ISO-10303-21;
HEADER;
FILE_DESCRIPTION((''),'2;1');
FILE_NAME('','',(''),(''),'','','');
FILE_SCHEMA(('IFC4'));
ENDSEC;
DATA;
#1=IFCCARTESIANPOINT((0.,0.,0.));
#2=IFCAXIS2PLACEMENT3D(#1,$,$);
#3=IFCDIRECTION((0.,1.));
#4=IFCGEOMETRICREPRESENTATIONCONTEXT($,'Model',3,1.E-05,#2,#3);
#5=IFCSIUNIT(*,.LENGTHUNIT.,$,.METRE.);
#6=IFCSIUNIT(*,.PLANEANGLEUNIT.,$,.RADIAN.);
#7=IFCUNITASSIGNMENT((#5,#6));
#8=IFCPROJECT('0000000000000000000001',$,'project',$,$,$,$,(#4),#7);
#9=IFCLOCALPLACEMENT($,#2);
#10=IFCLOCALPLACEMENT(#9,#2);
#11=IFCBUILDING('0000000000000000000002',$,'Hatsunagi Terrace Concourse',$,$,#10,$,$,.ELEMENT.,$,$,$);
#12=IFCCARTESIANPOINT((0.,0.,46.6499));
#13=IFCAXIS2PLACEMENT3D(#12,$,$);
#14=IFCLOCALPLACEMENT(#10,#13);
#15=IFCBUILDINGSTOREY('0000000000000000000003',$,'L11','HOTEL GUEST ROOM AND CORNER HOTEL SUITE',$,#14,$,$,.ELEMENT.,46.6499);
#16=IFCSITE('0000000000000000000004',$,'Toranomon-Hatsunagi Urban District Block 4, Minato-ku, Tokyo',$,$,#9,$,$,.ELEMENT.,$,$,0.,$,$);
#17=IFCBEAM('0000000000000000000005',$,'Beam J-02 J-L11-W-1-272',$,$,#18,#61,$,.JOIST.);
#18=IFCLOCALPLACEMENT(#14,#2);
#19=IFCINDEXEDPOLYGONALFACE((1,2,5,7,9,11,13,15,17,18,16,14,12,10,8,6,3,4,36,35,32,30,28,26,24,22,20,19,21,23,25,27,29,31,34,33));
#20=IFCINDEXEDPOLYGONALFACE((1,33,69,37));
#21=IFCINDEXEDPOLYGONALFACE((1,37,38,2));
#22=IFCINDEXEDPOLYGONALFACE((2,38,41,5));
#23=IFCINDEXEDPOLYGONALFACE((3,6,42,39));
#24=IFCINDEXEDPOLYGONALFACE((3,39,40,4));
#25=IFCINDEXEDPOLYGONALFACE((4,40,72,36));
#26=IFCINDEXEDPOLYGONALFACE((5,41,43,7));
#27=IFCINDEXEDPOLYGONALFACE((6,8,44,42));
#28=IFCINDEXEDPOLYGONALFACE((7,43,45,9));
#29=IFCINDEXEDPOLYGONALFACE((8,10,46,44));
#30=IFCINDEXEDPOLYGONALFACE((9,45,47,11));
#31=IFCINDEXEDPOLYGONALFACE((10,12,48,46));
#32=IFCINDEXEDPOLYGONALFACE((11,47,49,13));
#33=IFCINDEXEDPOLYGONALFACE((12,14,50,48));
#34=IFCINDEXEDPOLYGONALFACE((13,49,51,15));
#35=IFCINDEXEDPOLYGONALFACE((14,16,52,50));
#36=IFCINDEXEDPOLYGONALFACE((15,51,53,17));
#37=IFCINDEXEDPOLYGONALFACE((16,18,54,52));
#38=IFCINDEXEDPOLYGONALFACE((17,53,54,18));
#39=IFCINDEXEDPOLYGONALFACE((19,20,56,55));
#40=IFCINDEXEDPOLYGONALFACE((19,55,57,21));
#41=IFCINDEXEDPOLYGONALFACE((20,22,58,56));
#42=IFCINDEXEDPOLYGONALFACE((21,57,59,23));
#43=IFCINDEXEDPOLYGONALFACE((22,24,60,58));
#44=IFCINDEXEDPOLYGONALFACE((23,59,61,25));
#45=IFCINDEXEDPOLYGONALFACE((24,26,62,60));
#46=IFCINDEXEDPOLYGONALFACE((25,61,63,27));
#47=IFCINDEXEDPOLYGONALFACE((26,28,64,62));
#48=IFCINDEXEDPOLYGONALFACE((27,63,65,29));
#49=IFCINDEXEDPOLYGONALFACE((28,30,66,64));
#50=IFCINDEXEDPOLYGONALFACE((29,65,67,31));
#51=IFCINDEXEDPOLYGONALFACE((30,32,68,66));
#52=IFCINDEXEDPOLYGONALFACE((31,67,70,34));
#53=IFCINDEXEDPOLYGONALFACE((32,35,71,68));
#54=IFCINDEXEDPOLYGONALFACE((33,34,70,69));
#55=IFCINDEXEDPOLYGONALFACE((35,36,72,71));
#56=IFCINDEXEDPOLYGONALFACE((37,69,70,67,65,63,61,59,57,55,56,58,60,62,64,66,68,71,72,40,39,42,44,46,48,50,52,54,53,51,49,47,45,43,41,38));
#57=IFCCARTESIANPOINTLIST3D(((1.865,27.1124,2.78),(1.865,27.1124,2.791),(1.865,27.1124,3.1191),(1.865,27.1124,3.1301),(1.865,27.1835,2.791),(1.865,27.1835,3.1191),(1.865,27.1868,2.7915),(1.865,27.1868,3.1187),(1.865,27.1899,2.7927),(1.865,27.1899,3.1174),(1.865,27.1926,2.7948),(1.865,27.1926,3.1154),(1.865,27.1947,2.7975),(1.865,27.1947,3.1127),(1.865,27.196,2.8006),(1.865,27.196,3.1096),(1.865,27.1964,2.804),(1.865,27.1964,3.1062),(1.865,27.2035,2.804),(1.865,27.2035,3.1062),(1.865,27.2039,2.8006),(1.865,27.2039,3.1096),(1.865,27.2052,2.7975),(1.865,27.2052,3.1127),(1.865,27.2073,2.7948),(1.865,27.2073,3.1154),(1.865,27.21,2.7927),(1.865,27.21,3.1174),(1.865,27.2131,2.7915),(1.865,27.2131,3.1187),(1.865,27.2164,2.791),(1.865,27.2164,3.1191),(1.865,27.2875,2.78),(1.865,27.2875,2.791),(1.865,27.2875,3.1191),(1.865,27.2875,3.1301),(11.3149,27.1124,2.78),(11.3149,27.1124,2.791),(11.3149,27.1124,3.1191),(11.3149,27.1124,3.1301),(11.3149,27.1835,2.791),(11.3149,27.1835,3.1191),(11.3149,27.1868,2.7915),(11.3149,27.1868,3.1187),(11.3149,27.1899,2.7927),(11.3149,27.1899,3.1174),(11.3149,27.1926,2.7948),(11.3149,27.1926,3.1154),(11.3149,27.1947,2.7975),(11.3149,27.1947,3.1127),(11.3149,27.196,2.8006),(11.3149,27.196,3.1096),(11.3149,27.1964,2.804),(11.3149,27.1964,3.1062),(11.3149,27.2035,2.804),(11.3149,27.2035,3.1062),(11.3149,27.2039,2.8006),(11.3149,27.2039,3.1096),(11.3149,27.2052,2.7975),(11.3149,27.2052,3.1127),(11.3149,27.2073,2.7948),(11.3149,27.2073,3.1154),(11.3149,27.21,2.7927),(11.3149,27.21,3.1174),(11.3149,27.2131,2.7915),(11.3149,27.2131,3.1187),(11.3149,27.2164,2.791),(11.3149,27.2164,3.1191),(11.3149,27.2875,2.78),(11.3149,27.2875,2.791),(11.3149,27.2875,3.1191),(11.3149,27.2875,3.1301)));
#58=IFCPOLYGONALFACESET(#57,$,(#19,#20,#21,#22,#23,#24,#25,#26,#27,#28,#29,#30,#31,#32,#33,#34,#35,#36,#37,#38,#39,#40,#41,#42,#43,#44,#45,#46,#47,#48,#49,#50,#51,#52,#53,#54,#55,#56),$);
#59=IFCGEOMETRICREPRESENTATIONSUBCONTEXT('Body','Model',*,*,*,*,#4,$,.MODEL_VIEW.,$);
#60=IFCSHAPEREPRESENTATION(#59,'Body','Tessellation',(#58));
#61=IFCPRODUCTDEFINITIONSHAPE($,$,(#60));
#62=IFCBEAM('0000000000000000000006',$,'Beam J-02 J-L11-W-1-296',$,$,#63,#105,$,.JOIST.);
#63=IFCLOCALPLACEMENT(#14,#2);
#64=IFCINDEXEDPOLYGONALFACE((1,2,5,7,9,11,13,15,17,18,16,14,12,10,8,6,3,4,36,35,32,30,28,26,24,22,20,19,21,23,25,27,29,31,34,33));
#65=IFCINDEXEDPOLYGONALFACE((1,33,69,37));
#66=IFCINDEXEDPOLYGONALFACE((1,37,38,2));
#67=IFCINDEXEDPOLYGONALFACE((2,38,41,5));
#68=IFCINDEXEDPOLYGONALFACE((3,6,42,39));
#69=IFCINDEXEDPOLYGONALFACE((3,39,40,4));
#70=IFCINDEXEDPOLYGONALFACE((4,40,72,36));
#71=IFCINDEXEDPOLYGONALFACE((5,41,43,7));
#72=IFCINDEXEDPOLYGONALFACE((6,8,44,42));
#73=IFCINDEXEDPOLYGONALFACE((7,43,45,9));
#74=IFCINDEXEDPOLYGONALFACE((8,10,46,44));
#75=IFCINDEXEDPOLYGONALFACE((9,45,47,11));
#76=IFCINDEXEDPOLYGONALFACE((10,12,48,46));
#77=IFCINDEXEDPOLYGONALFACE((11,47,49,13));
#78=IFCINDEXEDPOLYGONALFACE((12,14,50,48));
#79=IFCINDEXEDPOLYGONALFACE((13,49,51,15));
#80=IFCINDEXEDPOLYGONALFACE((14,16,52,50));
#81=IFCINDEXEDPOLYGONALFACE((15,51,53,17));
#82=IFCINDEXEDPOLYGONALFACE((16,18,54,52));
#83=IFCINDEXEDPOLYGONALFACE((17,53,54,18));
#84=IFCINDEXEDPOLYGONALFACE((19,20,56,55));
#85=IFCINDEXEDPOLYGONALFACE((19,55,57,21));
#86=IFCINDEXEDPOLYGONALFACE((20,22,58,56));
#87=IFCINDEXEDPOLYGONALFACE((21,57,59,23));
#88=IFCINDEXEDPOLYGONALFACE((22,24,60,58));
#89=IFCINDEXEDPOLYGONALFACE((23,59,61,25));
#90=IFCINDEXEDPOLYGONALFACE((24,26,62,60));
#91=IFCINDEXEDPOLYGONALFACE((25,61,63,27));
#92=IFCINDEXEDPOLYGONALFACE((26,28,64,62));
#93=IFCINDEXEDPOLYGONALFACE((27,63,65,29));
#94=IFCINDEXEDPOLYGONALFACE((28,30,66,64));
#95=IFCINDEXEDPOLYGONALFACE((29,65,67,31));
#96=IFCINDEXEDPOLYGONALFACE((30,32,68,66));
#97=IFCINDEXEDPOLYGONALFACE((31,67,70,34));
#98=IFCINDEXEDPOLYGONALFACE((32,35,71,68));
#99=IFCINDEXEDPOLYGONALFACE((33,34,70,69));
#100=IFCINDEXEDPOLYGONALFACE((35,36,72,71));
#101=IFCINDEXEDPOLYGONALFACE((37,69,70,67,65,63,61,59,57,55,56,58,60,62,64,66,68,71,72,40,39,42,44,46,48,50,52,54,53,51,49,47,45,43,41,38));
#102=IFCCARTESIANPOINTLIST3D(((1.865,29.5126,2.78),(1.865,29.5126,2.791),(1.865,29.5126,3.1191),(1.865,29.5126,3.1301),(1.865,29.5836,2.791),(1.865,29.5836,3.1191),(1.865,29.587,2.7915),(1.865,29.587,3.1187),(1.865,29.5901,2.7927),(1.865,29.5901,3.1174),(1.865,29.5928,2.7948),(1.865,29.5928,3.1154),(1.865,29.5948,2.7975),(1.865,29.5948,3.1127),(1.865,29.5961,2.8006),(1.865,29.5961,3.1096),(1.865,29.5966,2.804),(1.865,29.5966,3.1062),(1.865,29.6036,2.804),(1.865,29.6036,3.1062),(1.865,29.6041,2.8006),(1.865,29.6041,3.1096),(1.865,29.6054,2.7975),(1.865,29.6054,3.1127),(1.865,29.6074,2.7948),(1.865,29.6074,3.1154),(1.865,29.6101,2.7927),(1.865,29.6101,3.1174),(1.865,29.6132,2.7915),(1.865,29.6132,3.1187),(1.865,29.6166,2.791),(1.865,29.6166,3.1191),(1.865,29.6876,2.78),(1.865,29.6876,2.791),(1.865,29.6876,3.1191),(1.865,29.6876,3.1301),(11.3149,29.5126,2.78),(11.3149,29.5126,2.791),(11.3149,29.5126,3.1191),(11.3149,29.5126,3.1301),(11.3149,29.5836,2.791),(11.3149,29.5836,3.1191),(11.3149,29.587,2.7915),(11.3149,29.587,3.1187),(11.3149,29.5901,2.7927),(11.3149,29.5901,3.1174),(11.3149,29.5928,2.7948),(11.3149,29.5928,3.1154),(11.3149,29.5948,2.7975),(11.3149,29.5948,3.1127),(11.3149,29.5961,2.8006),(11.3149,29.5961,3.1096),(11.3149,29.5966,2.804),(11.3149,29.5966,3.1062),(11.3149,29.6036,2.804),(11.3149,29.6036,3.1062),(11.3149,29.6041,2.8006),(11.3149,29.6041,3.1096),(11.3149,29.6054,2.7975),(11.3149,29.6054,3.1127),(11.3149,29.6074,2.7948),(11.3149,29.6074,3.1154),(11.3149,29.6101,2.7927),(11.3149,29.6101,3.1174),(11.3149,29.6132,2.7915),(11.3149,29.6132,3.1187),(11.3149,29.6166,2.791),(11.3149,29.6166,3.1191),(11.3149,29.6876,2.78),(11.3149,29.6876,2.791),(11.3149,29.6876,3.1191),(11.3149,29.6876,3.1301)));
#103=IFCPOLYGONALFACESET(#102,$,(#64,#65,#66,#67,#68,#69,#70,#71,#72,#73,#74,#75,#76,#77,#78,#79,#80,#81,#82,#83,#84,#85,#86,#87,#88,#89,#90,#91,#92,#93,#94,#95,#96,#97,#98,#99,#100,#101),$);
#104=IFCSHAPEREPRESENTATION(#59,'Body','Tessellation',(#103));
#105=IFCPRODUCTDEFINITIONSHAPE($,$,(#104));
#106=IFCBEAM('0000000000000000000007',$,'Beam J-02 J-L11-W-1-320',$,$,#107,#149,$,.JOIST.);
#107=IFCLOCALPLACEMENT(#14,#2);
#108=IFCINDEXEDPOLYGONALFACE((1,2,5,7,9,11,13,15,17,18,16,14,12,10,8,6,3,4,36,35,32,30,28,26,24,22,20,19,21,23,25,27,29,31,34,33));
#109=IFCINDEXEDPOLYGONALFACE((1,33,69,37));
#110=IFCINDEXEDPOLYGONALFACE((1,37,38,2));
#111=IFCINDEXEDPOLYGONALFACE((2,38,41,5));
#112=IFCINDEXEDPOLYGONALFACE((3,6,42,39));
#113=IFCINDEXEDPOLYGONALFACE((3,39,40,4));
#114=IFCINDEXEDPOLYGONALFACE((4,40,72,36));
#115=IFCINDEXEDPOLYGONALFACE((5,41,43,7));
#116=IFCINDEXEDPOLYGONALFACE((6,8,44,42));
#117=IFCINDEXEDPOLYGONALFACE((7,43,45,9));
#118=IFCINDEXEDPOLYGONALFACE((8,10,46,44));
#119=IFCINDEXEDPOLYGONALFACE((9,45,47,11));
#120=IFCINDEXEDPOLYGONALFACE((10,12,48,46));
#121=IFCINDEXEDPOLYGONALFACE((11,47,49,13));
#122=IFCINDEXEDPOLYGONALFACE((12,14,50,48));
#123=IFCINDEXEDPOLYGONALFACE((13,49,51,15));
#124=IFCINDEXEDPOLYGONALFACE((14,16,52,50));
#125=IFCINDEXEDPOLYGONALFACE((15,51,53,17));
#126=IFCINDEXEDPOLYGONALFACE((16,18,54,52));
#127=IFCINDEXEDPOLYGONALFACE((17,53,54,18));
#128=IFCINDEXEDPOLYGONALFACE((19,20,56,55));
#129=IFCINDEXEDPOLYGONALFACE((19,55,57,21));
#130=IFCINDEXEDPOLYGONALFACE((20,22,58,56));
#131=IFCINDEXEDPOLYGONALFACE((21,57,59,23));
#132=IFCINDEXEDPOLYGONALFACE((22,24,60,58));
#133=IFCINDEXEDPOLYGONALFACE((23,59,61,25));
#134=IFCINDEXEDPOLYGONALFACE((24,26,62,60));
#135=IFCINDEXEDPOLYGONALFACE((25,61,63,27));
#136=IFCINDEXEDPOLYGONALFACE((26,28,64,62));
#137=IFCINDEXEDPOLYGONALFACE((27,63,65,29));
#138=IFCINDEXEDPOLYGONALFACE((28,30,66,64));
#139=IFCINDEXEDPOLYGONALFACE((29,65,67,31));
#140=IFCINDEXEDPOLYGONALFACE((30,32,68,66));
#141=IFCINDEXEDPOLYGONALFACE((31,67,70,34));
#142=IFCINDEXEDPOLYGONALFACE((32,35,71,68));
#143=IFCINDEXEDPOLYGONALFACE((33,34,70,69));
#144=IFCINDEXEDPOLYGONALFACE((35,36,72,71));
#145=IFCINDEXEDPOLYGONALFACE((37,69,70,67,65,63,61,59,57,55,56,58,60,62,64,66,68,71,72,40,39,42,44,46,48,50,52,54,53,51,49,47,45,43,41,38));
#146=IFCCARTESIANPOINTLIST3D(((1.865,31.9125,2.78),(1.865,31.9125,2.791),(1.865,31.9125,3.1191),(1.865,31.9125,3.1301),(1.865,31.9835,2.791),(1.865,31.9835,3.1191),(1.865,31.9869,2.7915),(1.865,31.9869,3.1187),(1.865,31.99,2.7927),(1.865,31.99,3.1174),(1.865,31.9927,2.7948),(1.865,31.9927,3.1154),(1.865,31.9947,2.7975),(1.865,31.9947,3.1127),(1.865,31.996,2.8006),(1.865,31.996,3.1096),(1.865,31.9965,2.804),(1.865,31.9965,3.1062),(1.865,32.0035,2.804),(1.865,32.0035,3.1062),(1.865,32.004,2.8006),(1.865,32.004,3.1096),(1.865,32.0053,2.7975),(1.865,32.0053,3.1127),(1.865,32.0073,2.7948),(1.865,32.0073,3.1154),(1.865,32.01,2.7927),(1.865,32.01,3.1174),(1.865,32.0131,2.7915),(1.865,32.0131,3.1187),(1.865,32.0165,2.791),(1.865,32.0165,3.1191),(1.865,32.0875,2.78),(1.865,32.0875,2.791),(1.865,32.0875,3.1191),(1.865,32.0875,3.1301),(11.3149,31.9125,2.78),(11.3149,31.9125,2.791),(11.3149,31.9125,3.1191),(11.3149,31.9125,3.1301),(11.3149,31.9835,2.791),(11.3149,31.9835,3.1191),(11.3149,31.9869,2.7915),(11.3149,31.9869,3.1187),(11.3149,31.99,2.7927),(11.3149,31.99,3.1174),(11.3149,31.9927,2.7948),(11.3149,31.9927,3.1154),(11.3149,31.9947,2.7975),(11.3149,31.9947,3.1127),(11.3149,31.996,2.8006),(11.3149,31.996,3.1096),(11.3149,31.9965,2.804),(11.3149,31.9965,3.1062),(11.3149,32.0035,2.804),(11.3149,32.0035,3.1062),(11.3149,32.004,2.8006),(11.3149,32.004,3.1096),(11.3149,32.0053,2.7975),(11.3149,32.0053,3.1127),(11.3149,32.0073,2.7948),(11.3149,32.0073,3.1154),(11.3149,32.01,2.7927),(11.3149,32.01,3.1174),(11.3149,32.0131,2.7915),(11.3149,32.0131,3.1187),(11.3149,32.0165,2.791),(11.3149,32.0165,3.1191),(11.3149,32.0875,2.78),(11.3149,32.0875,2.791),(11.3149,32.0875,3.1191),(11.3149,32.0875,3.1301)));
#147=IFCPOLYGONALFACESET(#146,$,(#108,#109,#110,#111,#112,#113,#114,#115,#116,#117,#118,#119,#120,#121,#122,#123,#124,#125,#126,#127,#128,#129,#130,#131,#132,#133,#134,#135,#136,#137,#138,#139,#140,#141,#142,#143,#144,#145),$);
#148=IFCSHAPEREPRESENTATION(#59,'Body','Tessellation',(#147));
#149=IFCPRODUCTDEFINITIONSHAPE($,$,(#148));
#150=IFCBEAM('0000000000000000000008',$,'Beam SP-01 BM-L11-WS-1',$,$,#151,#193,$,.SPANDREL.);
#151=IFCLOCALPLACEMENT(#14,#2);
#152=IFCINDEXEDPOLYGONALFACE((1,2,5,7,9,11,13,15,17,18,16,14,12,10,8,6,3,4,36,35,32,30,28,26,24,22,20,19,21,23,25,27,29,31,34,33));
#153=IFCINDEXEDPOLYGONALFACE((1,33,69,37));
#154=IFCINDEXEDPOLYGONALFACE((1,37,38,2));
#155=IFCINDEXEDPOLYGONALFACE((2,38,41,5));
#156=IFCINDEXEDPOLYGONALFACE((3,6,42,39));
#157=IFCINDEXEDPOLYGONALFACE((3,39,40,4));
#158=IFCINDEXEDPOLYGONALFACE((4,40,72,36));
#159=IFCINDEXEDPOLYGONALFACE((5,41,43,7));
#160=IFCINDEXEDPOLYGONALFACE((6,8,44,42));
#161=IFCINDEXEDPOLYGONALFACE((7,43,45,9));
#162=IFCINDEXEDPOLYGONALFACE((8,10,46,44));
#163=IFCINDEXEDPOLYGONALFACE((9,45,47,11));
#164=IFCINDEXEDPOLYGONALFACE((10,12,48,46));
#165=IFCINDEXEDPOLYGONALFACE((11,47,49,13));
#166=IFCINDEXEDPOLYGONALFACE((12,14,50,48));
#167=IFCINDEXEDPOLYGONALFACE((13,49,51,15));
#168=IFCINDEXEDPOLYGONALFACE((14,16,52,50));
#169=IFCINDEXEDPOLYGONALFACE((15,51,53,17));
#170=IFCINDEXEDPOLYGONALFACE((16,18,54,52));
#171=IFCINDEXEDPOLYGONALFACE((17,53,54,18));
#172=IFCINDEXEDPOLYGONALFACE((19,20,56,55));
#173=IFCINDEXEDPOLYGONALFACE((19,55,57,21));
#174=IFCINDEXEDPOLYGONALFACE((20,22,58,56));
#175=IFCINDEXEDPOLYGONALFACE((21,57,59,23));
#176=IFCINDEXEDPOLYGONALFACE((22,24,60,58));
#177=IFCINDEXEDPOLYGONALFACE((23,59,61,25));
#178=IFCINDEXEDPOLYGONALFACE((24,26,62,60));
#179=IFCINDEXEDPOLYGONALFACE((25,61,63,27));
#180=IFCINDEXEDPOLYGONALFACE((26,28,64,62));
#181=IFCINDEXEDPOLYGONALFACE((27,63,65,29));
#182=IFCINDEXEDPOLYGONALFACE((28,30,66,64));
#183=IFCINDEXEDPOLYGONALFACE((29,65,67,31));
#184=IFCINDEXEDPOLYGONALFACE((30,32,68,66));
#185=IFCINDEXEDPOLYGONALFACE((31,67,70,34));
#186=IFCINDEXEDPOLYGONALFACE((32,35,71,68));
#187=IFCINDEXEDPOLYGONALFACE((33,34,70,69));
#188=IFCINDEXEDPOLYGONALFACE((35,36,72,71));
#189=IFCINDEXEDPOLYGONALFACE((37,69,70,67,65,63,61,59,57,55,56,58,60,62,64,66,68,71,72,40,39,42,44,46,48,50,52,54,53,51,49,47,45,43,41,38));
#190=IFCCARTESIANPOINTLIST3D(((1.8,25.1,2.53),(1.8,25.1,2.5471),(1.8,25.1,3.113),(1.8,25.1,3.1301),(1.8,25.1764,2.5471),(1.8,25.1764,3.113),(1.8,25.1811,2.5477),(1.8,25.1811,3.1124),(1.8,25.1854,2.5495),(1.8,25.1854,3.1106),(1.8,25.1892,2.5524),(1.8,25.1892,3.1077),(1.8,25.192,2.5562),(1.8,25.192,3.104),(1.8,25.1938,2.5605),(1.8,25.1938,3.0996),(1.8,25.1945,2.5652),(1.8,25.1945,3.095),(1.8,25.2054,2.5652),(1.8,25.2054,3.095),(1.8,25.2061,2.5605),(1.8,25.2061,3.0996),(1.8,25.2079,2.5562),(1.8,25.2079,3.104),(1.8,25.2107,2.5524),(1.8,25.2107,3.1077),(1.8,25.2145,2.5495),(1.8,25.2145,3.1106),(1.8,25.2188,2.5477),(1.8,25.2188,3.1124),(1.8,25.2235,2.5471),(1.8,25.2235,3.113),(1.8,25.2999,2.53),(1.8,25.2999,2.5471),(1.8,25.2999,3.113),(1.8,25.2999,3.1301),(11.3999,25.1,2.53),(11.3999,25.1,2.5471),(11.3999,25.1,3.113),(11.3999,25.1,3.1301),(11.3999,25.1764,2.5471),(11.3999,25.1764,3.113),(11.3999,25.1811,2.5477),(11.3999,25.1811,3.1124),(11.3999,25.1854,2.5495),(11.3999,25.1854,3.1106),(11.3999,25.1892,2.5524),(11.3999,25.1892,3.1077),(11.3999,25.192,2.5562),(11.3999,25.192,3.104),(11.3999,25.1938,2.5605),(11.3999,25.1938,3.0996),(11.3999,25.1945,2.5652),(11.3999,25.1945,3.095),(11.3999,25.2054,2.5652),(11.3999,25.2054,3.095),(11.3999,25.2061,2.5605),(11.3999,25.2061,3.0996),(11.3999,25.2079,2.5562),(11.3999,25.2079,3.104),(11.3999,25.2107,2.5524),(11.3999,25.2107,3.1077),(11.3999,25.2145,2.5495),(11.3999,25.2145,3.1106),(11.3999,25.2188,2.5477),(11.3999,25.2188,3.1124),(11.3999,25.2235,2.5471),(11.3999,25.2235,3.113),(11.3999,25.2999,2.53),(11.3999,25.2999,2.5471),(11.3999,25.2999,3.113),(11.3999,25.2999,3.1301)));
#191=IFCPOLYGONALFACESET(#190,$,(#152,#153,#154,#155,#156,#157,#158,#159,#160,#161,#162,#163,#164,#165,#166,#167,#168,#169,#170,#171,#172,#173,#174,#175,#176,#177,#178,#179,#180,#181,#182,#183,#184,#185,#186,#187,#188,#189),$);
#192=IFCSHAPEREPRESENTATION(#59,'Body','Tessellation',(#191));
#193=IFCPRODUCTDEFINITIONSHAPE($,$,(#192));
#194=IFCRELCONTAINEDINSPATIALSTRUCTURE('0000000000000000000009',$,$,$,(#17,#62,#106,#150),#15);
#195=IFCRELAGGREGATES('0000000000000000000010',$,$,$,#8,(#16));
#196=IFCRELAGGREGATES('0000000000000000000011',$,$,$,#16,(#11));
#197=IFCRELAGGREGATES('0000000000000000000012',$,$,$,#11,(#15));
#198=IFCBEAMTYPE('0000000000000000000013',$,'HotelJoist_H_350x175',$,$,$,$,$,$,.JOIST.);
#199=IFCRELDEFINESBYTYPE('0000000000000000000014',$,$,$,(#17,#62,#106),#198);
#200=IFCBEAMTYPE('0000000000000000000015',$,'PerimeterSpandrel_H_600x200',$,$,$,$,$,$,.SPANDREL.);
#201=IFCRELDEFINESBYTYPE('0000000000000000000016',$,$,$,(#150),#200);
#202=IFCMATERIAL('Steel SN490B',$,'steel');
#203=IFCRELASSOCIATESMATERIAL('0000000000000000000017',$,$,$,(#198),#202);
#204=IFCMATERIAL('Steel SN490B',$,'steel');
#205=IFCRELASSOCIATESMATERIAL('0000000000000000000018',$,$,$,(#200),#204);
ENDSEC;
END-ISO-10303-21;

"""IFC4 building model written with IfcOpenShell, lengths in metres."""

from ifc_helpers import new_model, si_unit, direction, frame, origin, origin_2d, place, context, subcontext, project, spatial, i_section, extrude, material, material_profile, profile_set, type_object, element, save


model = new_model("IFC4")

# Units and contexts
model_context = context("Model", 3, precision=1e-05, world=origin(), true_north=direction((0.0, 1.0)))
body_context = subcontext(model_context, "Body", "Model", "MODEL_VIEW")
ifc_project = project(units=[si_unit("LENGTHUNIT", "METRE"), si_unit("PLANEANGLEUNIT", "RADIAN")], contexts=[model_context])

# Site, building, storey
site_placement = place(None, origin())
site = spatial("IfcSite", under=ifc_project, at=site_placement, Name="Toranomon-Hatsunagi Urban District Block 4, Minato-ku, Tokyo", CompositionType="ELEMENT", RefElevation=0.0)
building_placement = place(site_placement, origin())
building = spatial("IfcBuilding", under=site, at=building_placement, Name="Hatsunagi Terrace Concourse", CompositionType="ELEMENT")
storey_placement = place(building_placement, frame((0.0, 0.0, 46.6499)))
storey = spatial("IfcBuildingStorey", under=building, at=storey_placement, Name="L11", Description="HOTEL GUEST ROOM AND CORNER HOTEL SUITE", CompositionType="ELEMENT", Elevation=46.6499)

# Beams
ifc_material_1 = material(Name="Steel SN490B", Category="steel")
ifc_material_profile_1 = material_profile(ifc_material_1, i_section(OverallWidth=0.175, OverallDepth=0.3501, WebThickness=0.0071, FlangeThickness=0.011, FilletRadius=0.0129, at=origin_2d()), Name="H-350x175x7x11")
ifc_profile_set_1 = profile_set([ifc_material_profile_1], Name="Steel SN490B")
beam_type_1 = type_object("IfcBeamType", Name="HotelJoist_H_350x175", PredefinedType="JOIST", material=ifc_profile_set_1)
for number, where, z_axis, x_axis, name in (
    (1, (1.865, 27.2, 2.9551), (1.0, 0.0, 0.0), (0.0, 1.0, 0.0), "Beam J-02 J-L11-W-1-272"),
    (2, (1.865, 29.6001, 2.9551), (1.0, 0.0, 0.0), (0.0, 1.0, 0.0), "Beam J-02 J-L11-W-1-296"),
    (3, (1.865, 32.0, 2.9551), (1.0, 0.0, 0.0), (0.0, 1.0, 0.0), "Beam J-02 J-L11-W-1-320"),
):
    element("IfcBeam", number, at=place(storey_placement, frame(where, z_axis=z_axis, x_axis=x_axis)), inside=storey, type_object=beam_type_1, Name=name, PredefinedType="JOIST", context=body_context, shape_type="SweptSolid", body=[
        extrude(i_section(OverallWidth=0.175, OverallDepth=0.3501, WebThickness=0.0071, FlangeThickness=0.011, FilletRadius=0.0129, at=origin_2d()), origin(), (0.0, 0.0, 1.0), 9.45),
    ])
ifc_material_2 = material(Name="Steel SN490B", Category="steel")
ifc_material_profile_2 = material_profile(ifc_material_2, i_section(OverallWidth=0.2, OverallDepth=0.6001, WebThickness=0.011, FlangeThickness=0.0171, FilletRadius=0.0181, at=origin_2d()), Name="H-600x200x11x17")
ifc_profile_set_2 = profile_set([ifc_material_profile_2], Name="Steel SN490B")
beam_type_2 = type_object("IfcBeamType", Name="PerimeterSpandrel_H_600x200", PredefinedType="SPANDREL", material=ifc_profile_set_2)
beam_1_placement = place(storey_placement, frame((1.8, 25.2, 2.8301), z_axis=(1.0, 0.0, 0.0), x_axis=(0.0, 1.0, 0.0)))
element("IfcBeam", 4, at=beam_1_placement, inside=storey, type_object=beam_type_2, Name="Beam SP-01 BM-L11-WS-1", PredefinedType="SPANDREL", context=body_context, shape_type="SweptSolid", body=[
    extrude(i_section(OverallWidth=0.2, OverallDepth=0.6001, WebThickness=0.011, FlangeThickness=0.0171, FilletRadius=0.0181, at=origin_2d()), origin(), (0.0, 0.0, 1.0), 9.5999),
])

save(model, "model.ifc")
